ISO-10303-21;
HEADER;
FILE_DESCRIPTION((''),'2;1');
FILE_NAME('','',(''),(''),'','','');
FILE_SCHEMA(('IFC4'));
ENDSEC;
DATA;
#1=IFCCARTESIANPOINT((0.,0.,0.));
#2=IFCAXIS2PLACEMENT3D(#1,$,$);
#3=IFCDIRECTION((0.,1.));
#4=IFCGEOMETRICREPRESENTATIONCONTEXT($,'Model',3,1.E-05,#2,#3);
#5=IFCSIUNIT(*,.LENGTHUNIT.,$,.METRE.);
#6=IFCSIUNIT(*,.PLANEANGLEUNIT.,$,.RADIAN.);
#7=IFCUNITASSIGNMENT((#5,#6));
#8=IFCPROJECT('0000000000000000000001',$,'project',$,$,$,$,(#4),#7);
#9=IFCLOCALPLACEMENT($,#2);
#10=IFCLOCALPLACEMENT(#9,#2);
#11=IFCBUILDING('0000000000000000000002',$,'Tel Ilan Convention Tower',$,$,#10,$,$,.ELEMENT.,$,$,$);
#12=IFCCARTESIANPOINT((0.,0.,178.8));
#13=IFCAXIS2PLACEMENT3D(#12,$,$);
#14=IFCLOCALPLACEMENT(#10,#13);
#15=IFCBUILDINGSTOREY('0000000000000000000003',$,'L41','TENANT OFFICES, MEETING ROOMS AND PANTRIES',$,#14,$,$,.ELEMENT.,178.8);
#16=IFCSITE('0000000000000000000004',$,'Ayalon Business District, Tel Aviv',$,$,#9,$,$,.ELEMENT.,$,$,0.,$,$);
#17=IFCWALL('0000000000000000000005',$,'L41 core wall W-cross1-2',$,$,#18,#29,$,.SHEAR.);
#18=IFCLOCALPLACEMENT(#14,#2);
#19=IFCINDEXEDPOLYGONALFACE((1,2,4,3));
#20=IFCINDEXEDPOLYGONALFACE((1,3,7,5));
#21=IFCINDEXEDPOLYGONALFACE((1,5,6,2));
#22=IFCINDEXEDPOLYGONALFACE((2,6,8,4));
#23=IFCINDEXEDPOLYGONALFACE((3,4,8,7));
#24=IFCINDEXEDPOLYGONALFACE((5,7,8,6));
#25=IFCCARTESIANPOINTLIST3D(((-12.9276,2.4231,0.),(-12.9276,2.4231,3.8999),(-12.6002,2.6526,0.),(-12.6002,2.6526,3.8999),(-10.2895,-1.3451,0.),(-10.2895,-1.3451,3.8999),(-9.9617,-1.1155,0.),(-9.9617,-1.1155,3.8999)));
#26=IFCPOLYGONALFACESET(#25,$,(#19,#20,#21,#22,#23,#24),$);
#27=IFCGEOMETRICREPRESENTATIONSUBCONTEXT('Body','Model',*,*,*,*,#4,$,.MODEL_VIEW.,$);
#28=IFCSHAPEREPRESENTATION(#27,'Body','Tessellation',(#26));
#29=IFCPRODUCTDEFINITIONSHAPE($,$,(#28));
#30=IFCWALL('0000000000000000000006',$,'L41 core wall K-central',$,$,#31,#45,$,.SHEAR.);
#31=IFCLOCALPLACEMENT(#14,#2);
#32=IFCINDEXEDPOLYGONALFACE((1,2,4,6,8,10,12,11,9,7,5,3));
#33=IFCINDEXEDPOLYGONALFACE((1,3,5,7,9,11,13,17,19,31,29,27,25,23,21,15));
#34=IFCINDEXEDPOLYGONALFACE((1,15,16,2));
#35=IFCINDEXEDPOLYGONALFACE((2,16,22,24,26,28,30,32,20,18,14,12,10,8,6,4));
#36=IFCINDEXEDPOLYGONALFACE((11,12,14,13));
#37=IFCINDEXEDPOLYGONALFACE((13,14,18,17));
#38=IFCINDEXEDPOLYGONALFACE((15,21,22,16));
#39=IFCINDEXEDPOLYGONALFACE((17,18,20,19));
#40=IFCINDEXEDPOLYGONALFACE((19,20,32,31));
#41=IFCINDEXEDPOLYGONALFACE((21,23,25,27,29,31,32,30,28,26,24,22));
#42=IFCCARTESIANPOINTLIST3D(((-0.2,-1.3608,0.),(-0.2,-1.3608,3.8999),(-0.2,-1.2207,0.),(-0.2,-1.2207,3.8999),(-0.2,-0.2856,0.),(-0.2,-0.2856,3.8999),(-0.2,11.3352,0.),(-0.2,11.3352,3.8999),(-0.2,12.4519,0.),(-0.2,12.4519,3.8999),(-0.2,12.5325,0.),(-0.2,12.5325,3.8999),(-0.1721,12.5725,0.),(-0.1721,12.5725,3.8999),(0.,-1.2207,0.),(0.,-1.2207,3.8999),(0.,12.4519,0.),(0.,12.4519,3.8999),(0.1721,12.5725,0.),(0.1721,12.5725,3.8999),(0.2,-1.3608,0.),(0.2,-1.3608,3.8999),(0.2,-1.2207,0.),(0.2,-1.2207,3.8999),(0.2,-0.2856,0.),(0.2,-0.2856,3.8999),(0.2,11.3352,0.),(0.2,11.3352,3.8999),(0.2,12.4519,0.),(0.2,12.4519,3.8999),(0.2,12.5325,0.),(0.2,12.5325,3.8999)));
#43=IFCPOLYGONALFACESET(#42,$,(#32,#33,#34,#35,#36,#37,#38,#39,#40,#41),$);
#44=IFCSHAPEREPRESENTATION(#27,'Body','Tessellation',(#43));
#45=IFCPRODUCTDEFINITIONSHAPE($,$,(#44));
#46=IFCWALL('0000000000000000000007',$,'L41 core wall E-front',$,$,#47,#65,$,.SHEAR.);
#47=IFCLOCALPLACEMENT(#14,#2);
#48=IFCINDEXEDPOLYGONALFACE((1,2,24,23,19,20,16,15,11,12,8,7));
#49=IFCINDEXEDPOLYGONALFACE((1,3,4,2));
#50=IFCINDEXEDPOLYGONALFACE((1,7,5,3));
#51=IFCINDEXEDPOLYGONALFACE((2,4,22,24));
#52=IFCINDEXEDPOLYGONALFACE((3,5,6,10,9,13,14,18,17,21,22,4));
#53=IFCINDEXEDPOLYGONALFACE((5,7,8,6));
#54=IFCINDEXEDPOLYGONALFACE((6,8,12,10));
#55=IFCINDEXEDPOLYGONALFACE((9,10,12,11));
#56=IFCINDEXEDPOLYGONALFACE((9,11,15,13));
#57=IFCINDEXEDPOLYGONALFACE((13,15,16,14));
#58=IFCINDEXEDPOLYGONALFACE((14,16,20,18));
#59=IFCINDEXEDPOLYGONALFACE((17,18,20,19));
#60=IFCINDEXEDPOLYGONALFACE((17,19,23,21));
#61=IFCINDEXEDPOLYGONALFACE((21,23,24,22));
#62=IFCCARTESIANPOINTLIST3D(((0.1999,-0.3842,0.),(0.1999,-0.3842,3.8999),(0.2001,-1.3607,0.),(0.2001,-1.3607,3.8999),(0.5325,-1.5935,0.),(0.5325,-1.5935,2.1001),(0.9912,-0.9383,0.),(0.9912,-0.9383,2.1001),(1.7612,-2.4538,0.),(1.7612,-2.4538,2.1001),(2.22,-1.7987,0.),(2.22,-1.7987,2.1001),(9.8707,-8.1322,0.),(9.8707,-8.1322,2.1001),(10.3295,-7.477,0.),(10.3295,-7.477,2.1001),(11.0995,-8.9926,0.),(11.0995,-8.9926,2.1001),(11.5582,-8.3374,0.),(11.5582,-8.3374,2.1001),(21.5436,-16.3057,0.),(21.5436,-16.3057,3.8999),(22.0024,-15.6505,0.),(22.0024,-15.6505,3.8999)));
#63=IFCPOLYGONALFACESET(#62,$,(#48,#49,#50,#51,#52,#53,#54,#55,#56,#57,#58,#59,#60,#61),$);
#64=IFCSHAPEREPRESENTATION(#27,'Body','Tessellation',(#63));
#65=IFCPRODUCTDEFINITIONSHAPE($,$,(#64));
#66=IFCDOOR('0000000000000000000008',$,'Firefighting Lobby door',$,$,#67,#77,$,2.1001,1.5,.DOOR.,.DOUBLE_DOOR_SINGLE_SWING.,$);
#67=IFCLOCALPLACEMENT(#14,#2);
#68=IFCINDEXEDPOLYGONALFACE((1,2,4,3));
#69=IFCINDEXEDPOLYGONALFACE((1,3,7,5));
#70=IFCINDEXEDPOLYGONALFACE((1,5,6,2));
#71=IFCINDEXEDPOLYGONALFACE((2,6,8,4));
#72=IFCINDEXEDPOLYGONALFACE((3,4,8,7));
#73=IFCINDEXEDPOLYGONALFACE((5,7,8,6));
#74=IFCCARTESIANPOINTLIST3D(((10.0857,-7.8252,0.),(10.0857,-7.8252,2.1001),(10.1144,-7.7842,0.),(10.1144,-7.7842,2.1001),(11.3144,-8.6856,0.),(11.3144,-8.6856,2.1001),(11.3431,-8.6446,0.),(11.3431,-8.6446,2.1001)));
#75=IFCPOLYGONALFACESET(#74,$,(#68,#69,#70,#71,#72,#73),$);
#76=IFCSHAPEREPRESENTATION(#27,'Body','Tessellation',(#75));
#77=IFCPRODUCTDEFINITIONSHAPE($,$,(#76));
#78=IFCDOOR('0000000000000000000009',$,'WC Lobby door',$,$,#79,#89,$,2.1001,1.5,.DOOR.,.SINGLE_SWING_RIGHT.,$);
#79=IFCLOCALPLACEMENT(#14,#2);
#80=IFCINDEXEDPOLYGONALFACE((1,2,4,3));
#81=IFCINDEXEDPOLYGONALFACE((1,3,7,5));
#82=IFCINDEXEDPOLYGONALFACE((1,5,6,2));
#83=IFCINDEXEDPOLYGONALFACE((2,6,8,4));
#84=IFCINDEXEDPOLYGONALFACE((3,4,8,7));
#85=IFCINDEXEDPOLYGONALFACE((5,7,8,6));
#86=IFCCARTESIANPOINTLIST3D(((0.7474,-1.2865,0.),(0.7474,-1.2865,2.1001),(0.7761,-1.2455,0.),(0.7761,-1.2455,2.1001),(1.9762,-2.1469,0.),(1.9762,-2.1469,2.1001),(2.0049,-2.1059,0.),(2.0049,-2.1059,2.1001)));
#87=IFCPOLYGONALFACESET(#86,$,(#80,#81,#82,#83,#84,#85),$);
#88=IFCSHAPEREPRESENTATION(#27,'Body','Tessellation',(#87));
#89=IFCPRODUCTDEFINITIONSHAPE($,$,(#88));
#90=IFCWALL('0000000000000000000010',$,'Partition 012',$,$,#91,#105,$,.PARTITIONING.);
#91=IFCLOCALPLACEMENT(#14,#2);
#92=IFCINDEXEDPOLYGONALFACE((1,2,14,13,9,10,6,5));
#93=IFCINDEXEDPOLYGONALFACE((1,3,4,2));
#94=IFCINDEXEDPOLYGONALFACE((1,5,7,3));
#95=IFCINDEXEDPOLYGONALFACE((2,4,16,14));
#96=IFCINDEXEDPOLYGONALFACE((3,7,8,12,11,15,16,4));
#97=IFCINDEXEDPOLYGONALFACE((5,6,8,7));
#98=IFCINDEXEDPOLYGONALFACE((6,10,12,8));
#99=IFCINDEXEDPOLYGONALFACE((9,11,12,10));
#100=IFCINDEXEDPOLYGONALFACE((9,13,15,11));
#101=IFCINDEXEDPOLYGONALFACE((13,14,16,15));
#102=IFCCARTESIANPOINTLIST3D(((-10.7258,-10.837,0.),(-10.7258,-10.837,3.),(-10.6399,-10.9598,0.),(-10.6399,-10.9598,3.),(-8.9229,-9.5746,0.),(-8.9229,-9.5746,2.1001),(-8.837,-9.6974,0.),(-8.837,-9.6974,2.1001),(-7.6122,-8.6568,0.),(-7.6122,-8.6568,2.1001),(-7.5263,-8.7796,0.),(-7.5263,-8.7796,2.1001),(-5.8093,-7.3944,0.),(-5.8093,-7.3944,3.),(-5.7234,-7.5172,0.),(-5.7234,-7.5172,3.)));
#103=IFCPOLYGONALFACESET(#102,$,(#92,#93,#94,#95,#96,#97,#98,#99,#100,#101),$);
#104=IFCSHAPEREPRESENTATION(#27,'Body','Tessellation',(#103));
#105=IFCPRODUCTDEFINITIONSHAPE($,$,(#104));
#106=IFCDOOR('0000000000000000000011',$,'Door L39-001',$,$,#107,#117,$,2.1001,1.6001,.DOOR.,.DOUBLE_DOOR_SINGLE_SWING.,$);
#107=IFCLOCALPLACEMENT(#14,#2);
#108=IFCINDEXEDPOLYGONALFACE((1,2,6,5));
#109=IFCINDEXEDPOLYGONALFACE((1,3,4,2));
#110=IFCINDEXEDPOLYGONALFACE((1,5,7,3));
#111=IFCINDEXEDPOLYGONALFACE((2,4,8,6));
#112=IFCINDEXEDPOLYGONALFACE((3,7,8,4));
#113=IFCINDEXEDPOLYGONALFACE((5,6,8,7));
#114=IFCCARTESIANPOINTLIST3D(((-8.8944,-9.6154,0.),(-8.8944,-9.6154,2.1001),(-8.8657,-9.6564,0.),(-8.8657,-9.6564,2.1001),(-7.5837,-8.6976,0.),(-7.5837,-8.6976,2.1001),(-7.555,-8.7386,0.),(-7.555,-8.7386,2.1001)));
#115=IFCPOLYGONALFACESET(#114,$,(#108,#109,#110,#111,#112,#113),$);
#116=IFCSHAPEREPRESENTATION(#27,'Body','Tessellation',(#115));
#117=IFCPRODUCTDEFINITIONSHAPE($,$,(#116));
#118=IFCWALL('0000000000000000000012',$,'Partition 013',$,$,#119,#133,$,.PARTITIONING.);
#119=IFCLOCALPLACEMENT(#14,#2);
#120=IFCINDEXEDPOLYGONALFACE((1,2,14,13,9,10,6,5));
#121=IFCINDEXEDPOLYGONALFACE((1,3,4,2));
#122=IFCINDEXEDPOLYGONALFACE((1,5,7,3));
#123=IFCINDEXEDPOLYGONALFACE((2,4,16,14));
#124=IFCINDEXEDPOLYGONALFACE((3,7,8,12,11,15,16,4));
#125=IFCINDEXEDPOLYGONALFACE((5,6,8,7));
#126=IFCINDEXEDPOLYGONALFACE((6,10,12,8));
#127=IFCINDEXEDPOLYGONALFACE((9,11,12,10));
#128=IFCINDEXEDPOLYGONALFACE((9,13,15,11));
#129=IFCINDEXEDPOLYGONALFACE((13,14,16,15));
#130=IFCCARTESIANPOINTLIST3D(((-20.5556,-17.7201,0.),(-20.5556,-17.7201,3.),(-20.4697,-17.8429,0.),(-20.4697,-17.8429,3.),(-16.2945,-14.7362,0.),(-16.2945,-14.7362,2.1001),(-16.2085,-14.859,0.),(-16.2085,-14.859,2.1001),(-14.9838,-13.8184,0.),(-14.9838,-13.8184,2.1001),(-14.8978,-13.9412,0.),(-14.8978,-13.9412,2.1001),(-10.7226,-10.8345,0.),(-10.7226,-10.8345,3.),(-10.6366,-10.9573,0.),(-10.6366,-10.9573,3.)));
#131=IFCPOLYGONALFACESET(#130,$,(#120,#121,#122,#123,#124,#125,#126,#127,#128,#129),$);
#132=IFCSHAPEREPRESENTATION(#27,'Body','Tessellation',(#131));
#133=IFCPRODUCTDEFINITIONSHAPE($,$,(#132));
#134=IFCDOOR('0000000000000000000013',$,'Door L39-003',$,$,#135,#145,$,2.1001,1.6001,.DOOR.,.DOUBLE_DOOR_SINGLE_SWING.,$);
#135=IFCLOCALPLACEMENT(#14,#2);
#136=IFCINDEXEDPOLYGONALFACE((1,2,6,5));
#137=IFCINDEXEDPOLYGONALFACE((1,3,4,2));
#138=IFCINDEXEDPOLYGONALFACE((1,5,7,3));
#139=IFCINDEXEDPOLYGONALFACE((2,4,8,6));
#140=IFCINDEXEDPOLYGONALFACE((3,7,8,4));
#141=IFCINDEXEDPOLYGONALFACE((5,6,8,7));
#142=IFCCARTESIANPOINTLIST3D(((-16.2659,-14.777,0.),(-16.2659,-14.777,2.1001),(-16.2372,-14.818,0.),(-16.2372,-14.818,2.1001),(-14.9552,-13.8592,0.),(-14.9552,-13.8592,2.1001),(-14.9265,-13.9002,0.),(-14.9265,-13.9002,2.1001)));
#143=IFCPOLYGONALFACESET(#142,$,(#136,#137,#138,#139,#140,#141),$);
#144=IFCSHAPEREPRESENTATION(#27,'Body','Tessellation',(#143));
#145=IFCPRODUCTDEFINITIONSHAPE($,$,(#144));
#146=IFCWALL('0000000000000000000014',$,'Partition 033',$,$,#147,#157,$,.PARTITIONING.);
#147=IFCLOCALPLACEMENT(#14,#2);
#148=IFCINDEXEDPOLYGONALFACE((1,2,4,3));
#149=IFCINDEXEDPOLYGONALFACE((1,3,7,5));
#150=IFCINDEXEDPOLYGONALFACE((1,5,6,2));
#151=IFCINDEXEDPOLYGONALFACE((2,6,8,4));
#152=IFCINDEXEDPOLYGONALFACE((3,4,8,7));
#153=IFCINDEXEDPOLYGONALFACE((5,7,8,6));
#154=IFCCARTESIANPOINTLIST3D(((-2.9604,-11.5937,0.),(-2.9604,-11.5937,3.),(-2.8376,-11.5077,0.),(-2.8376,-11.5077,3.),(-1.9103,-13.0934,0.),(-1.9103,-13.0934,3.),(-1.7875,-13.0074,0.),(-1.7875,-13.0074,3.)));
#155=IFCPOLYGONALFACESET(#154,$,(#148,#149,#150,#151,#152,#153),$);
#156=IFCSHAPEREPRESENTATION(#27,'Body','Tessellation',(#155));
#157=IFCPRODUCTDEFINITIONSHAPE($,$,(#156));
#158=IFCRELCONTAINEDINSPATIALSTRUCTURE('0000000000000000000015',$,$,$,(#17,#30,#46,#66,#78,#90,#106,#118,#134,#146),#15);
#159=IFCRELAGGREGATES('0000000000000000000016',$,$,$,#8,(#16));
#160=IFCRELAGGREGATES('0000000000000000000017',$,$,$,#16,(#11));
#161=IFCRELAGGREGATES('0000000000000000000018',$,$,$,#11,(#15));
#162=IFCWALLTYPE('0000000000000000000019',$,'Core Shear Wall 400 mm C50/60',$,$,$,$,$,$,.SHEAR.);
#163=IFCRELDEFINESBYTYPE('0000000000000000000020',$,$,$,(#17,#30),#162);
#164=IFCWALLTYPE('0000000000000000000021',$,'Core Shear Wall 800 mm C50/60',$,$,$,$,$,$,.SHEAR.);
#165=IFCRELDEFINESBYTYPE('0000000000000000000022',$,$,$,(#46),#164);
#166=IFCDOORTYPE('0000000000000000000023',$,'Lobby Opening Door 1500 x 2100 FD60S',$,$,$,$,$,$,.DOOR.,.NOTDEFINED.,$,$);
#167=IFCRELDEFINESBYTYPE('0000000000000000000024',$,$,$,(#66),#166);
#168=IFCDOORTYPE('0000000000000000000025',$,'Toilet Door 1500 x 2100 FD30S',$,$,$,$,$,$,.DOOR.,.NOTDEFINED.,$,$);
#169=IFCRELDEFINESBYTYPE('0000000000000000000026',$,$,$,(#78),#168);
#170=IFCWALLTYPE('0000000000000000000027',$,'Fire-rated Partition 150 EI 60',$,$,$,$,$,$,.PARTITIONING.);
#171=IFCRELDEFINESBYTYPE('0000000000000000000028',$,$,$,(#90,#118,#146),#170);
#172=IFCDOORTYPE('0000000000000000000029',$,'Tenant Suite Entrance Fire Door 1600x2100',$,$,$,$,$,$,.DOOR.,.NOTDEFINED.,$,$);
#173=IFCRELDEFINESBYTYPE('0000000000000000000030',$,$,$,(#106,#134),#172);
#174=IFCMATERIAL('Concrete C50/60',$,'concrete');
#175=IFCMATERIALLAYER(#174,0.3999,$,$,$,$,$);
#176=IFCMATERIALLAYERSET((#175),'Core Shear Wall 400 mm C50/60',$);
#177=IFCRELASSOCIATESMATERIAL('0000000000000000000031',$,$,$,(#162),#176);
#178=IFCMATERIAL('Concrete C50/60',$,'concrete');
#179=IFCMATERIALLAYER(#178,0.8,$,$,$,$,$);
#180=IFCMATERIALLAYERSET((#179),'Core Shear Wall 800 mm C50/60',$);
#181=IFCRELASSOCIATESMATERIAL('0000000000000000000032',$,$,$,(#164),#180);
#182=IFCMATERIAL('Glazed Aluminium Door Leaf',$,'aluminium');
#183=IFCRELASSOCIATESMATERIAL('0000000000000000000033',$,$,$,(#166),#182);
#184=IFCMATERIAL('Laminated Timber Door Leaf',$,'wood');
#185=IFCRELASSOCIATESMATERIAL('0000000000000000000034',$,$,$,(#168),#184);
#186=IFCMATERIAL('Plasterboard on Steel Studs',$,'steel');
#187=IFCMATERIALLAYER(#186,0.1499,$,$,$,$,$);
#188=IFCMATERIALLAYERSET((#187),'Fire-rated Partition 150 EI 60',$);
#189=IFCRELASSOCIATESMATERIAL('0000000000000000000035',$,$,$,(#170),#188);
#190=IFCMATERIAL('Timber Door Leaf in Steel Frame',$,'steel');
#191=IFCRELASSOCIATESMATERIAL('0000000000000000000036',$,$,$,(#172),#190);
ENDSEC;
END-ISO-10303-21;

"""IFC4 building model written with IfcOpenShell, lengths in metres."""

from ifc_helpers import new_model, si_unit, direction, frame, frame_2d, origin, place, context, subcontext, project, spatial, polyline, rectangle, outline, extrude, material, layer, layer_set, type_object, element, fill, save


model = new_model("IFC4")

# Units and contexts
model_context = context("Model", 3, precision=1e-05, world=origin(), true_north=direction((0.0, 1.0)))
body_context = subcontext(model_context, "Body", "Model", "MODEL_VIEW")
ifc_project = project(units=[si_unit("LENGTHUNIT", "METRE"), si_unit("PLANEANGLEUNIT", "RADIAN")], contexts=[model_context])

# Site, building, storey
site_placement = place(None, origin())
site = spatial("IfcSite", under=ifc_project, at=site_placement, Name="Ayalon Business District, Tel Aviv", CompositionType="ELEMENT", RefElevation=0.0)
building_placement = place(site_placement, origin())
building = spatial("IfcBuilding", under=site, at=building_placement, Name="Tel Ilan Convention Tower", CompositionType="ELEMENT")
storey_placement = place(building_placement, frame((0.0, 0.0, 178.8)))
storey = spatial("IfcBuildingStorey", under=building, at=storey_placement, Name="L41", Description="TENANT OFFICES, MEETING ROOMS AND PANTRIES", CompositionType="ELEMENT", Elevation=178.8)

# Walls
ifc_material_1 = material(Name="Concrete C50/60", Category="concrete")
ifc_layer_1 = layer(ifc_material_1, 0.3999)
ifc_layer_set_1 = layer_set([ifc_layer_1], Name="Core Shear Wall 400 mm C50/60")
wall_type_1 = type_object("IfcWallType", Name="Core Shear Wall 400 mm C50/60", PredefinedType="SHEAR", material=ifc_layer_set_1)
wall_1_placement = place(storey_placement, frame((-10.1255, -1.2302, 0.0), z_axis=(0.0, 0.0, 1.0), x_axis=(-0.573576, 0.819152, 0.0)))
element("IfcWall", 1, at=wall_1_placement, inside=storey, type_object=wall_type_1, Name="L41 core wall W-cross1-2", PredefinedType="SHEAR", context=body_context, shape_type="SweptSolid", body=[
    extrude(outline(polyline([(4.6001, -0.2), (4.5999, 0.2), (0.0, 0.2002), (0.0, -0.2), (4.6001, -0.2)])), origin(), (0.0, 0.0, 1.0), 3.8999),
])
wall_2_placement = place(storey_placement, frame((0.0, -1.3608, 0.0), z_axis=(0.0, 0.0, 1.0), x_axis=(0.0, 1.0, 0.0)))
element("IfcWall", 2, at=wall_2_placement, inside=storey, type_object=wall_type_1, Name="L41 core wall K-central", PredefinedType="SHEAR", context=body_context, shape_type="SweptSolid", body=[
    extrude(outline(polyline([(0.0, -0.2), (0.1401, -0.2), (1.0752, -0.2), (12.696, -0.2), (13.8127, -0.2), (13.8933, -0.2), (13.9333, -0.1721), (13.8127, 0.0), (13.9333, 0.1721), (13.8933, 0.2), (13.8127, 0.2), (12.696, 0.2), (1.0752, 0.2), (0.1401, 0.2), (0.0, 0.2), (0.1401, 0.0), (0.0, -0.2)])), origin(), (0.0, 0.0, 1.0), 3.8999),
])

# Wall, openings, doors
ifc_material_2 = material(Name="Concrete C50/60", Category="concrete")
ifc_layer_2 = layer(ifc_material_2, 0.8)
ifc_layer_set_2 = layer_set([ifc_layer_2], Name="Core Shear Wall 800 mm C50/60")
wall_type_2 = type_object("IfcWallType", Name="Core Shear Wall 800 mm C50/60", PredefinedType="SHEAR", material=ifc_layer_set_2)
wall_3_placement = place(storey_placement, frame((-0.0293, -0.7119, 0.0), z_axis=(0.0, 0.0, 1.0), x_axis=(0.819152, -0.573577, 0.0)))
wall_3 = element("IfcWall", 3, at=wall_3_placement, inside=storey, type_object=wall_type_2, Name="L41 core wall E-front", PredefinedType="SHEAR", context=body_context, shape_type="SweptSolid", body=[
    extrude(outline(polyline([(26.6157, 0.3999), (-0.0002, 0.3999), (0.5601, -0.3999), (26.6157, -0.3999), (26.6157, 0.3999)])), origin(), (0.0, 0.0, 1.0), 3.8999),
])
opening_1_placement = place(wall_3_placement, frame((0.9658, 0.0, 0.0)))
opening_1 = element("IfcOpeningElement", 4, at=opening_1_placement, cuts=wall_3, PredefinedType="OPENING", context=body_context, shape_type="SweptSolid", body=[
    extrude(rectangle(XDim=1.5, YDim=2.1001, at=frame_2d((0.75, 1.05))), frame((0.0, 0.4099, 0.0), z_axis=(0.0, -1.0, 0.0), x_axis=(1.0, 0.0, 0.0)), (0.0, 0.0, 1.0), 0.8201),
])
opening_2_placement = place(wall_3_placement, frame((12.3657, 0.0, 0.0)))
opening_2 = element("IfcOpeningElement", 5, at=opening_2_placement, cuts=wall_3, PredefinedType="OPENING", context=body_context, shape_type="SweptSolid", body=[
    extrude(rectangle(XDim=1.5, YDim=2.1001, at=frame_2d((0.75, 1.05))), frame((0.0, 0.4099, 0.0), z_axis=(0.0, -1.0, 0.0), x_axis=(1.0, 0.0, 0.0)), (0.0, 0.0, 1.0), 0.8201),
])
ifc_material_3 = material(Name="Glazed Aluminium Door Leaf", Category="aluminium")
door_type_1 = type_object("IfcDoorType", Name="Lobby Opening Door 1500 x 2100 FD60S", OperationType="NOTDEFINED", PredefinedType="DOOR", material=ifc_material_3)
door_1_placement = place(opening_2_placement, origin())
door_1 = element("IfcDoor", 6, at=door_1_placement, inside=storey, type_object=door_type_1, Name="Firefighting Lobby door", OperationType="DOUBLE_DOOR_SINGLE_SWING", OverallHeight=2.1001, OverallWidth=1.5, PredefinedType="DOOR", context=body_context, shape_type="SweptSolid", body=[
    extrude(rectangle(XDim=1.5, YDim=2.1001, at=frame_2d((0.75, 1.05))), frame((0.0, 0.0249, 0.0), z_axis=(0.0, -1.0, 0.0), x_axis=(1.0, 0.0, 0.0)), (0.0, 0.0, 1.0), 0.05),
])
fill(opening_2, door_1)
ifc_material_4 = material(Name="Laminated Timber Door Leaf", Category="wood")
door_type_2 = type_object("IfcDoorType", Name="Toilet Door 1500 x 2100 FD30S", OperationType="NOTDEFINED", PredefinedType="DOOR", material=ifc_material_4)
door_2_placement = place(opening_1_placement, origin())
door_2 = element("IfcDoor", 7, at=door_2_placement, inside=storey, type_object=door_type_2, Name="WC Lobby door", OperationType="SINGLE_SWING_RIGHT", OverallHeight=2.1001, OverallWidth=1.5, PredefinedType="DOOR", context=body_context, shape_type="SweptSolid", body=[
    extrude(rectangle(XDim=1.5, YDim=2.1001, at=frame_2d((0.75, 1.05))), frame((0.0, 0.0249, 0.0), z_axis=(0.0, -1.0, 0.0), x_axis=(1.0, 0.0, 0.0)), (0.0, 0.0, 1.0), 0.05),
])
fill(opening_1, door_2)

# Walls, openings, doors
ifc_material_5 = material(Name="Plasterboard on Steel Studs", Category="steel")
ifc_layer_3 = layer(ifc_material_5, 0.1499)
ifc_layer_set_3 = layer_set([ifc_layer_3], Name="Fire-rated Partition 150 EI 60")
wall_type_3 = type_object("IfcWallType", Name="Fire-rated Partition 150 EI 60", PredefinedType="PARTITIONING", material=ifc_layer_set_3)
wall_4_placement = place(storey_placement, frame((-5.7664, -7.4558, 0.0), z_axis=(0.0, 0.0, 1.0), x_axis=(-0.819148, -0.573582, 0.0)))
wall_4 = element("IfcWall", 8, at=wall_4_placement, inside=storey, type_object=wall_type_3, Name="Partition 012", PredefinedType="PARTITIONING", context=body_context, shape_type="SweptSolid", body=[
    extrude(rectangle(XDim=6.002, YDim=0.1499, at=frame_2d((3.001, 0.0))), origin(), (0.0, 0.0, 1.0), 3.0),
])
opening_3_placement = place(wall_4_placement, frame((2.2009, 0.0, 0.0)))
opening_3 = element("IfcOpeningElement", 9, at=opening_3_placement, cuts=wall_4, PredefinedType="OPENING", context=body_context, shape_type="SweptSolid", body=[
    extrude(rectangle(XDim=1.6001, YDim=2.1001, at=frame_2d((0.8, 1.05))), frame((0.0, 0.085, 0.0), z_axis=(0.0, -1.0, 0.0), x_axis=(1.0, 0.0, 0.0)), (0.0, 0.0, 1.0), 0.1699),
])
ifc_material_6 = material(Name="Timber Door Leaf in Steel Frame", Category="steel")
door_type_3 = type_object("IfcDoorType", Name="Tenant Suite Entrance Fire Door 1600x2100", OperationType="NOTDEFINED", PredefinedType="DOOR", material=ifc_material_6)
door_3_placement = place(opening_3_placement, origin())
door_3 = element("IfcDoor", 10, at=door_3_placement, inside=storey, type_object=door_type_3, Name="Door L39-001", OperationType="DOUBLE_DOOR_SINGLE_SWING", OverallHeight=2.1001, OverallWidth=1.6001, PredefinedType="DOOR", context=body_context, shape_type="SweptSolid", body=[
    extrude(rectangle(XDim=1.6001, YDim=2.1001, at=frame_2d((0.8, 1.05))), frame((0.0, 0.0249, 0.0), z_axis=(0.0, -1.0, 0.0), x_axis=(1.0, 0.0, 0.0)), (0.0, 0.0, 1.0), 0.05),
])
fill(opening_3, door_3)
wall_5_placement = place(storey_placement, frame((-10.6797, -10.896, 0.0), z_axis=(0.0, 0.0, 1.0), x_axis=(-0.819138, -0.573596, 0.0)))
wall_5 = element("IfcWall", 11, at=wall_5_placement, inside=storey, type_object=wall_type_3, Name="Partition 013", PredefinedType="PARTITIONING", context=body_context, shape_type="SweptSolid", body=[
    extrude(rectangle(XDim=12.0042, YDim=0.1499, at=frame_2d((6.002, 0.0))), origin(), (0.0, 0.0, 1.0), 3.0),
])
opening_4_placement = place(wall_5_placement, frame((5.2019, 0.0, 0.0)))
opening_4 = element("IfcOpeningElement", 12, at=opening_4_placement, cuts=wall_5, PredefinedType="OPENING", context=body_context, shape_type="SweptSolid", body=[
    extrude(rectangle(XDim=1.6001, YDim=2.1001, at=frame_2d((0.8, 1.05))), frame((0.0, 0.085, 0.0), z_axis=(0.0, -1.0, 0.0), x_axis=(1.0, 0.0, 0.0)), (0.0, 0.0, 1.0), 0.1699),
])
door_4_placement = place(opening_4_placement, origin())
door_4 = element("IfcDoor", 13, at=door_4_placement, inside=storey, type_object=door_type_3, Name="Door L39-003", OperationType="DOUBLE_DOOR_SINGLE_SWING", OverallHeight=2.1001, OverallWidth=1.6001, PredefinedType="DOOR", context=body_context, shape_type="SweptSolid", body=[
    extrude(rectangle(XDim=1.6001, YDim=2.1001, at=frame_2d((0.8, 1.05))), frame((0.0, 0.0249, 0.0), z_axis=(0.0, -1.0, 0.0), x_axis=(1.0, 0.0, 0.0)), (0.0, 0.0, 1.0), 0.05),
])
fill(opening_4, door_4)

# Wall
wall_6_placement = place(storey_placement, frame((-1.8489, -13.0505, 0.0), z_axis=(0.0, 0.0, 1.0), x_axis=(-0.573543, 0.819176, 0.0)))
element("IfcWall", 14, at=wall_6_placement, inside=storey, type_object=wall_type_3, Name="Partition 033", PredefinedType="PARTITIONING", context=body_context, shape_type="SweptSolid", body=[
    extrude(rectangle(XDim=1.8308, YDim=0.1499, at=frame_2d((0.9155, 0.0))), origin(), (0.0, 0.0, 1.0), 3.0),
])

save(model, "model.ifc")
